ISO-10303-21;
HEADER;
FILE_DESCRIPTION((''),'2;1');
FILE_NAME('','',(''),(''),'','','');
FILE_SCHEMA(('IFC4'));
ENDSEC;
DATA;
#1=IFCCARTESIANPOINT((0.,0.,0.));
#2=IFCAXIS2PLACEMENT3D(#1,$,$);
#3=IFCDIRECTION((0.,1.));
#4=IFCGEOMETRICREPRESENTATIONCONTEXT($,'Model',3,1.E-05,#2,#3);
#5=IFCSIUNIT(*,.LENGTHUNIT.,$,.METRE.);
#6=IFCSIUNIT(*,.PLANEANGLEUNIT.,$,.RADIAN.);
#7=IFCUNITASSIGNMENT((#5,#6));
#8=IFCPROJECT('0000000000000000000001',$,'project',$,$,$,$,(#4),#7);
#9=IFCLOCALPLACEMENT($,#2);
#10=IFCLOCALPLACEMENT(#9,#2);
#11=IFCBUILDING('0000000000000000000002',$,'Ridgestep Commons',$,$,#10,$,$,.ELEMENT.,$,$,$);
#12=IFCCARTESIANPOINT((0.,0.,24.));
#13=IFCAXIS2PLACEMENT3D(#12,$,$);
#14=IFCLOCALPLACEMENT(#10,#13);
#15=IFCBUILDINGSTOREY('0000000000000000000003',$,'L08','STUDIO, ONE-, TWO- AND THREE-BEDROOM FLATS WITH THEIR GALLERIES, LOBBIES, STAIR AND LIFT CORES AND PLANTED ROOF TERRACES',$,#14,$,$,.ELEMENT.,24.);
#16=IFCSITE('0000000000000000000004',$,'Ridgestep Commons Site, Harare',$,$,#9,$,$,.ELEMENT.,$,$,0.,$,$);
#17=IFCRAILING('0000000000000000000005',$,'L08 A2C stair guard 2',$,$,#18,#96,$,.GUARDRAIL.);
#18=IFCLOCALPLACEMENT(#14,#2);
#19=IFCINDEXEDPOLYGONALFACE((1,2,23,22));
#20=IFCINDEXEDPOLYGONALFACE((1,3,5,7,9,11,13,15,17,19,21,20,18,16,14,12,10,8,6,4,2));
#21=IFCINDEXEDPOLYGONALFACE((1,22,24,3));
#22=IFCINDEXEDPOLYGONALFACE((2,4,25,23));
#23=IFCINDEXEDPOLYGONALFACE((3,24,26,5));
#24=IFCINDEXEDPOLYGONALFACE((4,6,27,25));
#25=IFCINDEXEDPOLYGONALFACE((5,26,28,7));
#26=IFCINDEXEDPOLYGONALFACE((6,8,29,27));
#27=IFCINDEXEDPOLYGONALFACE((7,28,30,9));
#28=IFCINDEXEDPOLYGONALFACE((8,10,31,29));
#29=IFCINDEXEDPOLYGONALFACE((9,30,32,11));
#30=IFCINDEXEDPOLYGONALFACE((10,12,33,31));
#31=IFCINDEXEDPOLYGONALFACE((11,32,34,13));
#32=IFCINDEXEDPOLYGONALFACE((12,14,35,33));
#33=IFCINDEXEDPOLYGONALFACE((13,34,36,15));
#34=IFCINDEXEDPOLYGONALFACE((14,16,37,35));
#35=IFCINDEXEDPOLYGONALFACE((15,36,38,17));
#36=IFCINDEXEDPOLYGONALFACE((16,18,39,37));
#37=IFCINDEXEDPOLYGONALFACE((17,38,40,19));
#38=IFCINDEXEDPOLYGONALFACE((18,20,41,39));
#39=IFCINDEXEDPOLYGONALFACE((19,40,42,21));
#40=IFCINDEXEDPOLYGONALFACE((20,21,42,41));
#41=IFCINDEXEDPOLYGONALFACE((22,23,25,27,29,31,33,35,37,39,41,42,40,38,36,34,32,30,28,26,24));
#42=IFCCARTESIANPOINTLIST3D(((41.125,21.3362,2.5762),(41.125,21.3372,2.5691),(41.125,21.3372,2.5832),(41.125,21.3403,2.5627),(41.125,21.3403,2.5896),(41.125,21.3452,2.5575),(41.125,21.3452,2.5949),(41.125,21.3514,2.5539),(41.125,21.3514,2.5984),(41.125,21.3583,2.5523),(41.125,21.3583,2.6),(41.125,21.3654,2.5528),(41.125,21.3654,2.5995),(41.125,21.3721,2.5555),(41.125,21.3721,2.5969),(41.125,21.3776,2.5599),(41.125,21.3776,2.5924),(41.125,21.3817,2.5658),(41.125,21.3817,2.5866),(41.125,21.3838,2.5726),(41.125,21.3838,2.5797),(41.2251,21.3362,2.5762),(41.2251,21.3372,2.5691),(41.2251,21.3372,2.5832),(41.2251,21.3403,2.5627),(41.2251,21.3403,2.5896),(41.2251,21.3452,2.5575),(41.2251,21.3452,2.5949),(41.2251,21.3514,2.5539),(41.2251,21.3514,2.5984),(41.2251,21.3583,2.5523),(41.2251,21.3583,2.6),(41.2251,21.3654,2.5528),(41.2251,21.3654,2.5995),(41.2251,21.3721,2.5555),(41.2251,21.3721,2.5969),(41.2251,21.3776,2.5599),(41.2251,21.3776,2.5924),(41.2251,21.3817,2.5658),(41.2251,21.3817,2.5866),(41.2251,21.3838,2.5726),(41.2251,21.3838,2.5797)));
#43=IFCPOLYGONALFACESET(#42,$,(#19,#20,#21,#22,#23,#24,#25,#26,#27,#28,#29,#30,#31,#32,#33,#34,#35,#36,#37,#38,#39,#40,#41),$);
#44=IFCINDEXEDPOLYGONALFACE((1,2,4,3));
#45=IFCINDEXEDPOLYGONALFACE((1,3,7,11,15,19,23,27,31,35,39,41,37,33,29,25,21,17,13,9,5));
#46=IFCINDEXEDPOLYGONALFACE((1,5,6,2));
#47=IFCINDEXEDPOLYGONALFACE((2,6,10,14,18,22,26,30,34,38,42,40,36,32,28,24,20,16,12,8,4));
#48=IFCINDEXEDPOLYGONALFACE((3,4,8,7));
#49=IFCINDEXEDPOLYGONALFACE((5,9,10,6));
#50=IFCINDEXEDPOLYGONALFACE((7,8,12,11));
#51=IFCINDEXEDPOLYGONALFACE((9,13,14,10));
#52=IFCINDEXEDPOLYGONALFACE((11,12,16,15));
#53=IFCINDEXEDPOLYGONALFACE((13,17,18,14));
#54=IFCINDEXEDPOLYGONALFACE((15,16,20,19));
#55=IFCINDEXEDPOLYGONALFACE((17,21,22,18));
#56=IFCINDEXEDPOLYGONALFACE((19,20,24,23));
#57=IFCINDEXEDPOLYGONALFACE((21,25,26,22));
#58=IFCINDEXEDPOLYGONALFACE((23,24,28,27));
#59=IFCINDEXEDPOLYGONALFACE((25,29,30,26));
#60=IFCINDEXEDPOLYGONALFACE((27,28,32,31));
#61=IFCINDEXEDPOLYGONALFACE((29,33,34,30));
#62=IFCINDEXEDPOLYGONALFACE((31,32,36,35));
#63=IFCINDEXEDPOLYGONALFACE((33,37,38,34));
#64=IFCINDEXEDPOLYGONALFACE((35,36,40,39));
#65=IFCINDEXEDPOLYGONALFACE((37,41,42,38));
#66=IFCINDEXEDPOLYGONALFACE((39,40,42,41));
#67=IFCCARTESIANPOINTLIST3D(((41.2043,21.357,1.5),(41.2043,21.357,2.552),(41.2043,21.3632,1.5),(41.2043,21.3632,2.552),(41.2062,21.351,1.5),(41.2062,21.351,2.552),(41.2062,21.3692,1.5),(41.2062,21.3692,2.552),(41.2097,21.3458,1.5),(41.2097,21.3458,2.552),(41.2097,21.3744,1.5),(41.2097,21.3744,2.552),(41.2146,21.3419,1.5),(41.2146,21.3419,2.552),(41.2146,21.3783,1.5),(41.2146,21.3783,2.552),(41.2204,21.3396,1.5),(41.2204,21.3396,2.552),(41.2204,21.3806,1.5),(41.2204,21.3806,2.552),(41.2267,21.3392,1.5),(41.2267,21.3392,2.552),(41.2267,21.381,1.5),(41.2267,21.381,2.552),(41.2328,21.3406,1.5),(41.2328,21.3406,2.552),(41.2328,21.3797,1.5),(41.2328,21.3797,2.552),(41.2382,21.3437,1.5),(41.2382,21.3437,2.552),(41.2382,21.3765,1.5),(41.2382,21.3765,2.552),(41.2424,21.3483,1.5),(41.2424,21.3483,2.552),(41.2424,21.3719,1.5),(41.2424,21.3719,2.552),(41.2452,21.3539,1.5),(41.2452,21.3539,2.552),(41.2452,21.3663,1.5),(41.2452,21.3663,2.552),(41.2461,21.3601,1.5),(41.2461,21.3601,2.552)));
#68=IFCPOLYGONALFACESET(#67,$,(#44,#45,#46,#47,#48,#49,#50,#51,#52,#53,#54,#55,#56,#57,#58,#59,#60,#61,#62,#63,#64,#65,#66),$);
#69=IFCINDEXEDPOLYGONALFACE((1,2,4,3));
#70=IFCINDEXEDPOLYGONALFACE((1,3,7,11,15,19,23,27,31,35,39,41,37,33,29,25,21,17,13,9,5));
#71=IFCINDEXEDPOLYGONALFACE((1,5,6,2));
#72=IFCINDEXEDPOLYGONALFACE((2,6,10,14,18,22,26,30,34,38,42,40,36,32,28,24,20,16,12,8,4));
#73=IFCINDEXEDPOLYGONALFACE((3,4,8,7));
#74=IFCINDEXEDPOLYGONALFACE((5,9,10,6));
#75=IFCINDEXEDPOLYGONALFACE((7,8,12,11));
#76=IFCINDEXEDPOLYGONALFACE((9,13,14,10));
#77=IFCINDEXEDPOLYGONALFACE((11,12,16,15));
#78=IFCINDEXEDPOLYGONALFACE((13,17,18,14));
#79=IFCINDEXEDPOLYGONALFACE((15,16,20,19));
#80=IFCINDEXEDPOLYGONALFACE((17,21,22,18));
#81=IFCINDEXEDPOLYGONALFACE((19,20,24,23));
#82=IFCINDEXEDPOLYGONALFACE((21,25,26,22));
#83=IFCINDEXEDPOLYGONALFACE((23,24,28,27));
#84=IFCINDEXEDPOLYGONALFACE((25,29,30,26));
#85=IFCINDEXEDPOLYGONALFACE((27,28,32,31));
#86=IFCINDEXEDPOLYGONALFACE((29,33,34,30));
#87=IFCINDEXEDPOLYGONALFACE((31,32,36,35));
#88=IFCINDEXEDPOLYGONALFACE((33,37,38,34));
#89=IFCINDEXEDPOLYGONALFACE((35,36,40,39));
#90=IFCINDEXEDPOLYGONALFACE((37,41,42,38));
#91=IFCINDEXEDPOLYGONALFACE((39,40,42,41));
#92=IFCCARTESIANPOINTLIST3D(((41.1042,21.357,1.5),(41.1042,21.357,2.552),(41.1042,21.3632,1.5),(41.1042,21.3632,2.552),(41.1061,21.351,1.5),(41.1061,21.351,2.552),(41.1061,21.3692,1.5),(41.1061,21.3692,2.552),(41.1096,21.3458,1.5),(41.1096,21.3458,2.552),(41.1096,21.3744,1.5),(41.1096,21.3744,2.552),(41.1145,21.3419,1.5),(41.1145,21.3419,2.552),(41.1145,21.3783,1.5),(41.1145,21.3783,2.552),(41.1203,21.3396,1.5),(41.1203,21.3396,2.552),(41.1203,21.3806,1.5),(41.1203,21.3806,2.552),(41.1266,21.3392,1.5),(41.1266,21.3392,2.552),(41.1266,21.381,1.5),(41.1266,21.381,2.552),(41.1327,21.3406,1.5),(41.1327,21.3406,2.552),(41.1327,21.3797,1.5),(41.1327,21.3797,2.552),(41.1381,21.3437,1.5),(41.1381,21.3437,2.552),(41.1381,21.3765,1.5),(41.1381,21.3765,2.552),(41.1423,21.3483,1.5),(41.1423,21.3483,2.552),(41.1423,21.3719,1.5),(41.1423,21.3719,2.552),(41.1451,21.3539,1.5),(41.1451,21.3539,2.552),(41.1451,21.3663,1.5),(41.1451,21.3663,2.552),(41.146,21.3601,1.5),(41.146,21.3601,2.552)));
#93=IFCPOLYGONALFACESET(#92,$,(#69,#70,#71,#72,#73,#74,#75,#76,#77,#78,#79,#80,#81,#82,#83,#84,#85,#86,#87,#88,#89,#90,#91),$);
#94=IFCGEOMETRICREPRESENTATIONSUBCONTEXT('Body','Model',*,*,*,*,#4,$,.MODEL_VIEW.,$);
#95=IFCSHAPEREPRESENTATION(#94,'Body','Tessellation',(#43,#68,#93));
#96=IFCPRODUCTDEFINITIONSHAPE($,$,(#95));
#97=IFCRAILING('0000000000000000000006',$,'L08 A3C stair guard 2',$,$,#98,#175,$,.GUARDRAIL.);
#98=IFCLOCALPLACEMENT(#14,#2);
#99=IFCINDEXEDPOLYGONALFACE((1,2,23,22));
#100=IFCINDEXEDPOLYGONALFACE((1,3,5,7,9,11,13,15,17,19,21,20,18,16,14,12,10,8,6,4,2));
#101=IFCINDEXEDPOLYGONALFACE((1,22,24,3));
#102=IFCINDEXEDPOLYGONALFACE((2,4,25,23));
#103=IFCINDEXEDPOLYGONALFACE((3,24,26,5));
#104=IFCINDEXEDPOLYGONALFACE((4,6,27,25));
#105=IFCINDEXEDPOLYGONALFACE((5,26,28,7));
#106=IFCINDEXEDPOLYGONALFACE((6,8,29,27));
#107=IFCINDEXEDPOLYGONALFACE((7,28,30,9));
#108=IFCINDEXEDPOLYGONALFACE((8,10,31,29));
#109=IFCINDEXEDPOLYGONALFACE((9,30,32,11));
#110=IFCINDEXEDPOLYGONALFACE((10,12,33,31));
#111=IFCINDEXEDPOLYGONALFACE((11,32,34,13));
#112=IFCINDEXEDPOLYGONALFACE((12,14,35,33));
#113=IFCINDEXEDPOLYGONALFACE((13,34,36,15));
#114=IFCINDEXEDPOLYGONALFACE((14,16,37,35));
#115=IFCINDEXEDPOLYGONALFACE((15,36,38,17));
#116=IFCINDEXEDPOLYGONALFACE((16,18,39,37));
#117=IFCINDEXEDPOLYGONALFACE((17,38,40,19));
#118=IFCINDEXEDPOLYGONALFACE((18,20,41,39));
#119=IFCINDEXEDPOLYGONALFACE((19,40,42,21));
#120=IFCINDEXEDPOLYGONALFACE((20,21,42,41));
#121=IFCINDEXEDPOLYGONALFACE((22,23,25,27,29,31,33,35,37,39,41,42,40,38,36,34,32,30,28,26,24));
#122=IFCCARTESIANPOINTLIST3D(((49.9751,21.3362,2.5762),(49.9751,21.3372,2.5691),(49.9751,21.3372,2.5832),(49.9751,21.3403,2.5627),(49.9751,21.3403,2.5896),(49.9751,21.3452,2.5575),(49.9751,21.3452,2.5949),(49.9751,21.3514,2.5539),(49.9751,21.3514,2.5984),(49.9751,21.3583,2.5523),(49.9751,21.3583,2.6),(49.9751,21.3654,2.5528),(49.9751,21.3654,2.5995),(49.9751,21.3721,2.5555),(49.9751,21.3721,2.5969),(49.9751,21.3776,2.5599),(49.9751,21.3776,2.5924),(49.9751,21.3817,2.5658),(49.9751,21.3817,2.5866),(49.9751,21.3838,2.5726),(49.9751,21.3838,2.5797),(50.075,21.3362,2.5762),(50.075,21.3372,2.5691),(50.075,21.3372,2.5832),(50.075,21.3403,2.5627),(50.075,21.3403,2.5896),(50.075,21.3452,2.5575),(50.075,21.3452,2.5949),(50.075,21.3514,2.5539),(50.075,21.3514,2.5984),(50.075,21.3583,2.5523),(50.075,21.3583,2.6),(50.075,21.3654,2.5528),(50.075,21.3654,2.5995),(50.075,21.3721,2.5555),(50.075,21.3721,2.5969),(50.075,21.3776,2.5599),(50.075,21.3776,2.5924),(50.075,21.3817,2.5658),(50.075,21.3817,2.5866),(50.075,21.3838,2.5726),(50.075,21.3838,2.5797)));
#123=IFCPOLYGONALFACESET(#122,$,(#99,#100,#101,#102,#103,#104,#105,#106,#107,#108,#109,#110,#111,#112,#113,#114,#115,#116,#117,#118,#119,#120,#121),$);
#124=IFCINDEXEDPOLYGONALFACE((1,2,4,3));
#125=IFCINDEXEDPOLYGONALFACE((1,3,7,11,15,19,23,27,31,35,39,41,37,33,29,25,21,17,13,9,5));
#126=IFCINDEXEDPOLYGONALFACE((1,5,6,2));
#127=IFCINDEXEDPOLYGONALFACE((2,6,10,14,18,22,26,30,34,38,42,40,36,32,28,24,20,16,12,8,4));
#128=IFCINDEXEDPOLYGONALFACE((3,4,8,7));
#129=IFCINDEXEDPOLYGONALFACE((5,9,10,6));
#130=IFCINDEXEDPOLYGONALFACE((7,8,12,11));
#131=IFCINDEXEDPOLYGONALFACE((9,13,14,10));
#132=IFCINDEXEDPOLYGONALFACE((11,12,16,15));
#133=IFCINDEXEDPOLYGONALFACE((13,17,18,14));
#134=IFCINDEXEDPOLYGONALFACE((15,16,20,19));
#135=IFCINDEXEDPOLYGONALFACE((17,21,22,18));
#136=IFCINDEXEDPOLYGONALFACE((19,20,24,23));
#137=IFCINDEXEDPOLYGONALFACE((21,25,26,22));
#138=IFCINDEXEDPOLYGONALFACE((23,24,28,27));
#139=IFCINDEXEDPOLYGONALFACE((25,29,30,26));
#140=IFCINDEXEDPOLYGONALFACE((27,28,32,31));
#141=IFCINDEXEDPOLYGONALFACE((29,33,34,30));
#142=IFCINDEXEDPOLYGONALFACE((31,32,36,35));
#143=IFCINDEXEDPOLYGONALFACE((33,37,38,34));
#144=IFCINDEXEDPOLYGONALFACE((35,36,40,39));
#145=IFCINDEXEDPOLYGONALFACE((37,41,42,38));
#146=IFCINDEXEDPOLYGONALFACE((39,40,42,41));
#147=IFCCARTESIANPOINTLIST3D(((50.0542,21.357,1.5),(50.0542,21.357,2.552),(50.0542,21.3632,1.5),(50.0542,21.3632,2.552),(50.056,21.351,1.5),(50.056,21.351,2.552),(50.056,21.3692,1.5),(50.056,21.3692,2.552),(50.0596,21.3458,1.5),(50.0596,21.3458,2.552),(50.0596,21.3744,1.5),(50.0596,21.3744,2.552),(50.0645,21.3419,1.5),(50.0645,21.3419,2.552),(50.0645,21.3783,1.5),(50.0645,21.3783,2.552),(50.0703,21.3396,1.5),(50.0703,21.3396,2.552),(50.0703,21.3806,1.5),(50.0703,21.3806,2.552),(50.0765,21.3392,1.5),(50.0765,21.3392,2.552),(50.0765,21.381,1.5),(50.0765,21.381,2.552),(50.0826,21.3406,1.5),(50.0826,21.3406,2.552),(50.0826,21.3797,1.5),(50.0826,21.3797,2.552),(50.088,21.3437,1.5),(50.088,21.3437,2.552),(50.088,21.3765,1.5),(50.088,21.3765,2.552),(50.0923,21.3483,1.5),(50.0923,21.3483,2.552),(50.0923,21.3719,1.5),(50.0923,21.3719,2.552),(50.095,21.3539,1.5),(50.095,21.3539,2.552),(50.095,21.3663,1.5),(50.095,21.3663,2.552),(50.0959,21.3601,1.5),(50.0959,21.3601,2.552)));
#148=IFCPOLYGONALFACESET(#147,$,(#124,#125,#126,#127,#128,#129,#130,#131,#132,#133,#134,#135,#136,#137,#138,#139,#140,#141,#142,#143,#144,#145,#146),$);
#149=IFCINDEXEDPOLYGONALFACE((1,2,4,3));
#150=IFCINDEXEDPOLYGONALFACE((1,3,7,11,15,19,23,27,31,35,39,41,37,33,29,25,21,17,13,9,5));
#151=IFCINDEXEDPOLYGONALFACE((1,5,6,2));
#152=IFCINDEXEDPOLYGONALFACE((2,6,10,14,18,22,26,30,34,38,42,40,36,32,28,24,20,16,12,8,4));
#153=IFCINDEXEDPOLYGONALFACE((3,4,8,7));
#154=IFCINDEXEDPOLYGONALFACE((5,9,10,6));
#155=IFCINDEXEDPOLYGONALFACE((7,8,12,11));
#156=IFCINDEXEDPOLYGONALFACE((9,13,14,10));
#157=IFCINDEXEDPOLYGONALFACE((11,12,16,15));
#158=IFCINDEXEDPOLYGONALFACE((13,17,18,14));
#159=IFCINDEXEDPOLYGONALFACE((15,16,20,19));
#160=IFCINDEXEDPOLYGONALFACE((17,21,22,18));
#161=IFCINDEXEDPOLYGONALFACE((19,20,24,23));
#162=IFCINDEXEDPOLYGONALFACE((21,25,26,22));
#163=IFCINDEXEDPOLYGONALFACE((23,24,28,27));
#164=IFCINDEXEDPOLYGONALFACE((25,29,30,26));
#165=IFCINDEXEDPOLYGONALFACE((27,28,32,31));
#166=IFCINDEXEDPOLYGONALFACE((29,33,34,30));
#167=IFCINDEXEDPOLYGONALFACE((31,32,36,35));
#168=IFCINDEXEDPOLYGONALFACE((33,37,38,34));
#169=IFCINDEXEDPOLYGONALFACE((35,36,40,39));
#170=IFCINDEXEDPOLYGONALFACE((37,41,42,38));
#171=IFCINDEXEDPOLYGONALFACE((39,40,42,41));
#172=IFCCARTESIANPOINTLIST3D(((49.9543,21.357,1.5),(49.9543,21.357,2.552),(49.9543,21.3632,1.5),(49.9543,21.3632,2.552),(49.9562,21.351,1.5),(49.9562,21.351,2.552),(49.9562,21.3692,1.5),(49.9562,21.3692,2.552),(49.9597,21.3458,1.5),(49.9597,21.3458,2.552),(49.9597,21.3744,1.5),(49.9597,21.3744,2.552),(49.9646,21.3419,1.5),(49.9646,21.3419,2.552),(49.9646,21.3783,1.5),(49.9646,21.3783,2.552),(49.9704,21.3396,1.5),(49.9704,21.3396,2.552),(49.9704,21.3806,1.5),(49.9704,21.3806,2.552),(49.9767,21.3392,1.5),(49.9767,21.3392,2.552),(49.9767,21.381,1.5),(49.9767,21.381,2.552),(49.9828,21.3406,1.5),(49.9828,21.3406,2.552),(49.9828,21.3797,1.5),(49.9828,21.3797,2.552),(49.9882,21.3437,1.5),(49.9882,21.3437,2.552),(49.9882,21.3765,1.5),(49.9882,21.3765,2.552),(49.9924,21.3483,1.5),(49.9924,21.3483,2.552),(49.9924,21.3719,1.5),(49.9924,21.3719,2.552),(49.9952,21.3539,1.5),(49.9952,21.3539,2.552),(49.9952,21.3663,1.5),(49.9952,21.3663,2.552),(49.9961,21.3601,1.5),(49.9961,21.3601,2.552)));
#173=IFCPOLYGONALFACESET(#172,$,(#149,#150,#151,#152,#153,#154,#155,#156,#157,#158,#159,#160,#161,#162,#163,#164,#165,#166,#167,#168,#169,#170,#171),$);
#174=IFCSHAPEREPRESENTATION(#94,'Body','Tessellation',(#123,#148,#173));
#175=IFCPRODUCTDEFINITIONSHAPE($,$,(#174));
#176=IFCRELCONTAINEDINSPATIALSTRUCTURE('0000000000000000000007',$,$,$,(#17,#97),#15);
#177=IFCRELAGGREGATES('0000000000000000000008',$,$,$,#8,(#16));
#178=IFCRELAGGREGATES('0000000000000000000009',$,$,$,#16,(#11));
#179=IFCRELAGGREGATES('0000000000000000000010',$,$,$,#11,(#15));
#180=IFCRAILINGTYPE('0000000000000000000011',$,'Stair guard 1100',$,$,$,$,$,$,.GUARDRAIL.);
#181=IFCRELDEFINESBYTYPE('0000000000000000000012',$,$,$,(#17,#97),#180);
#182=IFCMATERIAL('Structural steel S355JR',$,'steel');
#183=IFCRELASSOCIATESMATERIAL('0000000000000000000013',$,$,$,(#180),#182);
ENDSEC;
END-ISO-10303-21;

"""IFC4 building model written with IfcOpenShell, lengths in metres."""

from ifc_helpers import new_model, si_unit, direction, frame, origin, origin_2d, place, context, subcontext, project, spatial, circle, extrude, material, type_object, element, save


model = new_model("IFC4")

# Units and contexts
model_context = context("Model", 3, precision=1e-05, world=origin(), true_north=direction((0.0, 1.0)))
body_context = subcontext(model_context, "Body", "Model", "MODEL_VIEW")
ifc_project = project(units=[si_unit("LENGTHUNIT", "METRE"), si_unit("PLANEANGLEUNIT", "RADIAN")], contexts=[model_context])

# Site, building, storey
site_placement = place(None, origin())
site = spatial("IfcSite", under=ifc_project, at=site_placement, Name="Ridgestep Commons Site, Harare", CompositionType="ELEMENT", RefElevation=0.0)
building_placement = place(site_placement, origin())
building = spatial("IfcBuilding", under=site, at=building_placement, Name="Ridgestep Commons", CompositionType="ELEMENT")
storey_placement = place(building_placement, frame((0.0, 0.0, 24.0)))
storey = spatial("IfcBuildingStorey", under=building, at=storey_placement, Name="L08", Description="STUDIO, ONE-, TWO- AND THREE-BEDROOM FLATS WITH THEIR GALLERIES, LOBBIES, STAIR AND LIFT CORES AND PLANTED ROOF TERRACES", CompositionType="ELEMENT", Elevation=24.0)

# Railings
ifc_material_1 = material(Name="Structural steel S355JR", Category="steel")
railing_type = type_object("IfcRailingType", Name="Stair guard 1100", PredefinedType="GUARDRAIL", material=ifc_material_1)
railing_1_placement = place(storey_placement, frame((41.2251, 21.3601, 1.5)))
element("IfcRailing", 1, at=railing_1_placement, inside=storey, type_object=railing_type, Name="L08 A2C stair guard 2", PredefinedType="GUARDRAIL", context=body_context, shape_type="SweptSolid", body=[
    extrude(circle(Radius=0.0239, at=origin_2d()), frame((0.0, 0.0, 1.0762), z_axis=(-1.0, 0.0, 0.0), x_axis=(0.0, -1.0, 0.0)), (0.0, 0.0, 1.0), 0.1001),
    extrude(circle(Radius=0.021, at=origin_2d()), origin(), (0.0, 0.0, 1.0), 1.052),
    extrude(circle(Radius=0.021, at=origin_2d()), frame((-0.1001, 0.0, 0.0)), (0.0, 0.0, 1.0), 1.052),
])
railing_2_placement = place(storey_placement, frame((50.075, 21.3601, 1.5)))
element("IfcRailing", 2, at=railing_2_placement, inside=storey, type_object=railing_type, Name="L08 A3C stair guard 2", PredefinedType="GUARDRAIL", context=body_context, shape_type="SweptSolid", body=[
    extrude(circle(Radius=0.0239, at=origin_2d()), frame((0.0, 0.0, 1.0762), z_axis=(-1.0, 0.0, 0.0), x_axis=(0.0, -1.0, 0.0)), (0.0, 0.0, 1.0), 0.0999),
    extrude(circle(Radius=0.021, at=origin_2d()), origin(), (0.0, 0.0, 1.0), 1.052),
    extrude(circle(Radius=0.021, at=origin_2d()), frame((-0.0999, 0.0, 0.0)), (0.0, 0.0, 1.0), 1.052),
])

save(model, "model.ifc")
